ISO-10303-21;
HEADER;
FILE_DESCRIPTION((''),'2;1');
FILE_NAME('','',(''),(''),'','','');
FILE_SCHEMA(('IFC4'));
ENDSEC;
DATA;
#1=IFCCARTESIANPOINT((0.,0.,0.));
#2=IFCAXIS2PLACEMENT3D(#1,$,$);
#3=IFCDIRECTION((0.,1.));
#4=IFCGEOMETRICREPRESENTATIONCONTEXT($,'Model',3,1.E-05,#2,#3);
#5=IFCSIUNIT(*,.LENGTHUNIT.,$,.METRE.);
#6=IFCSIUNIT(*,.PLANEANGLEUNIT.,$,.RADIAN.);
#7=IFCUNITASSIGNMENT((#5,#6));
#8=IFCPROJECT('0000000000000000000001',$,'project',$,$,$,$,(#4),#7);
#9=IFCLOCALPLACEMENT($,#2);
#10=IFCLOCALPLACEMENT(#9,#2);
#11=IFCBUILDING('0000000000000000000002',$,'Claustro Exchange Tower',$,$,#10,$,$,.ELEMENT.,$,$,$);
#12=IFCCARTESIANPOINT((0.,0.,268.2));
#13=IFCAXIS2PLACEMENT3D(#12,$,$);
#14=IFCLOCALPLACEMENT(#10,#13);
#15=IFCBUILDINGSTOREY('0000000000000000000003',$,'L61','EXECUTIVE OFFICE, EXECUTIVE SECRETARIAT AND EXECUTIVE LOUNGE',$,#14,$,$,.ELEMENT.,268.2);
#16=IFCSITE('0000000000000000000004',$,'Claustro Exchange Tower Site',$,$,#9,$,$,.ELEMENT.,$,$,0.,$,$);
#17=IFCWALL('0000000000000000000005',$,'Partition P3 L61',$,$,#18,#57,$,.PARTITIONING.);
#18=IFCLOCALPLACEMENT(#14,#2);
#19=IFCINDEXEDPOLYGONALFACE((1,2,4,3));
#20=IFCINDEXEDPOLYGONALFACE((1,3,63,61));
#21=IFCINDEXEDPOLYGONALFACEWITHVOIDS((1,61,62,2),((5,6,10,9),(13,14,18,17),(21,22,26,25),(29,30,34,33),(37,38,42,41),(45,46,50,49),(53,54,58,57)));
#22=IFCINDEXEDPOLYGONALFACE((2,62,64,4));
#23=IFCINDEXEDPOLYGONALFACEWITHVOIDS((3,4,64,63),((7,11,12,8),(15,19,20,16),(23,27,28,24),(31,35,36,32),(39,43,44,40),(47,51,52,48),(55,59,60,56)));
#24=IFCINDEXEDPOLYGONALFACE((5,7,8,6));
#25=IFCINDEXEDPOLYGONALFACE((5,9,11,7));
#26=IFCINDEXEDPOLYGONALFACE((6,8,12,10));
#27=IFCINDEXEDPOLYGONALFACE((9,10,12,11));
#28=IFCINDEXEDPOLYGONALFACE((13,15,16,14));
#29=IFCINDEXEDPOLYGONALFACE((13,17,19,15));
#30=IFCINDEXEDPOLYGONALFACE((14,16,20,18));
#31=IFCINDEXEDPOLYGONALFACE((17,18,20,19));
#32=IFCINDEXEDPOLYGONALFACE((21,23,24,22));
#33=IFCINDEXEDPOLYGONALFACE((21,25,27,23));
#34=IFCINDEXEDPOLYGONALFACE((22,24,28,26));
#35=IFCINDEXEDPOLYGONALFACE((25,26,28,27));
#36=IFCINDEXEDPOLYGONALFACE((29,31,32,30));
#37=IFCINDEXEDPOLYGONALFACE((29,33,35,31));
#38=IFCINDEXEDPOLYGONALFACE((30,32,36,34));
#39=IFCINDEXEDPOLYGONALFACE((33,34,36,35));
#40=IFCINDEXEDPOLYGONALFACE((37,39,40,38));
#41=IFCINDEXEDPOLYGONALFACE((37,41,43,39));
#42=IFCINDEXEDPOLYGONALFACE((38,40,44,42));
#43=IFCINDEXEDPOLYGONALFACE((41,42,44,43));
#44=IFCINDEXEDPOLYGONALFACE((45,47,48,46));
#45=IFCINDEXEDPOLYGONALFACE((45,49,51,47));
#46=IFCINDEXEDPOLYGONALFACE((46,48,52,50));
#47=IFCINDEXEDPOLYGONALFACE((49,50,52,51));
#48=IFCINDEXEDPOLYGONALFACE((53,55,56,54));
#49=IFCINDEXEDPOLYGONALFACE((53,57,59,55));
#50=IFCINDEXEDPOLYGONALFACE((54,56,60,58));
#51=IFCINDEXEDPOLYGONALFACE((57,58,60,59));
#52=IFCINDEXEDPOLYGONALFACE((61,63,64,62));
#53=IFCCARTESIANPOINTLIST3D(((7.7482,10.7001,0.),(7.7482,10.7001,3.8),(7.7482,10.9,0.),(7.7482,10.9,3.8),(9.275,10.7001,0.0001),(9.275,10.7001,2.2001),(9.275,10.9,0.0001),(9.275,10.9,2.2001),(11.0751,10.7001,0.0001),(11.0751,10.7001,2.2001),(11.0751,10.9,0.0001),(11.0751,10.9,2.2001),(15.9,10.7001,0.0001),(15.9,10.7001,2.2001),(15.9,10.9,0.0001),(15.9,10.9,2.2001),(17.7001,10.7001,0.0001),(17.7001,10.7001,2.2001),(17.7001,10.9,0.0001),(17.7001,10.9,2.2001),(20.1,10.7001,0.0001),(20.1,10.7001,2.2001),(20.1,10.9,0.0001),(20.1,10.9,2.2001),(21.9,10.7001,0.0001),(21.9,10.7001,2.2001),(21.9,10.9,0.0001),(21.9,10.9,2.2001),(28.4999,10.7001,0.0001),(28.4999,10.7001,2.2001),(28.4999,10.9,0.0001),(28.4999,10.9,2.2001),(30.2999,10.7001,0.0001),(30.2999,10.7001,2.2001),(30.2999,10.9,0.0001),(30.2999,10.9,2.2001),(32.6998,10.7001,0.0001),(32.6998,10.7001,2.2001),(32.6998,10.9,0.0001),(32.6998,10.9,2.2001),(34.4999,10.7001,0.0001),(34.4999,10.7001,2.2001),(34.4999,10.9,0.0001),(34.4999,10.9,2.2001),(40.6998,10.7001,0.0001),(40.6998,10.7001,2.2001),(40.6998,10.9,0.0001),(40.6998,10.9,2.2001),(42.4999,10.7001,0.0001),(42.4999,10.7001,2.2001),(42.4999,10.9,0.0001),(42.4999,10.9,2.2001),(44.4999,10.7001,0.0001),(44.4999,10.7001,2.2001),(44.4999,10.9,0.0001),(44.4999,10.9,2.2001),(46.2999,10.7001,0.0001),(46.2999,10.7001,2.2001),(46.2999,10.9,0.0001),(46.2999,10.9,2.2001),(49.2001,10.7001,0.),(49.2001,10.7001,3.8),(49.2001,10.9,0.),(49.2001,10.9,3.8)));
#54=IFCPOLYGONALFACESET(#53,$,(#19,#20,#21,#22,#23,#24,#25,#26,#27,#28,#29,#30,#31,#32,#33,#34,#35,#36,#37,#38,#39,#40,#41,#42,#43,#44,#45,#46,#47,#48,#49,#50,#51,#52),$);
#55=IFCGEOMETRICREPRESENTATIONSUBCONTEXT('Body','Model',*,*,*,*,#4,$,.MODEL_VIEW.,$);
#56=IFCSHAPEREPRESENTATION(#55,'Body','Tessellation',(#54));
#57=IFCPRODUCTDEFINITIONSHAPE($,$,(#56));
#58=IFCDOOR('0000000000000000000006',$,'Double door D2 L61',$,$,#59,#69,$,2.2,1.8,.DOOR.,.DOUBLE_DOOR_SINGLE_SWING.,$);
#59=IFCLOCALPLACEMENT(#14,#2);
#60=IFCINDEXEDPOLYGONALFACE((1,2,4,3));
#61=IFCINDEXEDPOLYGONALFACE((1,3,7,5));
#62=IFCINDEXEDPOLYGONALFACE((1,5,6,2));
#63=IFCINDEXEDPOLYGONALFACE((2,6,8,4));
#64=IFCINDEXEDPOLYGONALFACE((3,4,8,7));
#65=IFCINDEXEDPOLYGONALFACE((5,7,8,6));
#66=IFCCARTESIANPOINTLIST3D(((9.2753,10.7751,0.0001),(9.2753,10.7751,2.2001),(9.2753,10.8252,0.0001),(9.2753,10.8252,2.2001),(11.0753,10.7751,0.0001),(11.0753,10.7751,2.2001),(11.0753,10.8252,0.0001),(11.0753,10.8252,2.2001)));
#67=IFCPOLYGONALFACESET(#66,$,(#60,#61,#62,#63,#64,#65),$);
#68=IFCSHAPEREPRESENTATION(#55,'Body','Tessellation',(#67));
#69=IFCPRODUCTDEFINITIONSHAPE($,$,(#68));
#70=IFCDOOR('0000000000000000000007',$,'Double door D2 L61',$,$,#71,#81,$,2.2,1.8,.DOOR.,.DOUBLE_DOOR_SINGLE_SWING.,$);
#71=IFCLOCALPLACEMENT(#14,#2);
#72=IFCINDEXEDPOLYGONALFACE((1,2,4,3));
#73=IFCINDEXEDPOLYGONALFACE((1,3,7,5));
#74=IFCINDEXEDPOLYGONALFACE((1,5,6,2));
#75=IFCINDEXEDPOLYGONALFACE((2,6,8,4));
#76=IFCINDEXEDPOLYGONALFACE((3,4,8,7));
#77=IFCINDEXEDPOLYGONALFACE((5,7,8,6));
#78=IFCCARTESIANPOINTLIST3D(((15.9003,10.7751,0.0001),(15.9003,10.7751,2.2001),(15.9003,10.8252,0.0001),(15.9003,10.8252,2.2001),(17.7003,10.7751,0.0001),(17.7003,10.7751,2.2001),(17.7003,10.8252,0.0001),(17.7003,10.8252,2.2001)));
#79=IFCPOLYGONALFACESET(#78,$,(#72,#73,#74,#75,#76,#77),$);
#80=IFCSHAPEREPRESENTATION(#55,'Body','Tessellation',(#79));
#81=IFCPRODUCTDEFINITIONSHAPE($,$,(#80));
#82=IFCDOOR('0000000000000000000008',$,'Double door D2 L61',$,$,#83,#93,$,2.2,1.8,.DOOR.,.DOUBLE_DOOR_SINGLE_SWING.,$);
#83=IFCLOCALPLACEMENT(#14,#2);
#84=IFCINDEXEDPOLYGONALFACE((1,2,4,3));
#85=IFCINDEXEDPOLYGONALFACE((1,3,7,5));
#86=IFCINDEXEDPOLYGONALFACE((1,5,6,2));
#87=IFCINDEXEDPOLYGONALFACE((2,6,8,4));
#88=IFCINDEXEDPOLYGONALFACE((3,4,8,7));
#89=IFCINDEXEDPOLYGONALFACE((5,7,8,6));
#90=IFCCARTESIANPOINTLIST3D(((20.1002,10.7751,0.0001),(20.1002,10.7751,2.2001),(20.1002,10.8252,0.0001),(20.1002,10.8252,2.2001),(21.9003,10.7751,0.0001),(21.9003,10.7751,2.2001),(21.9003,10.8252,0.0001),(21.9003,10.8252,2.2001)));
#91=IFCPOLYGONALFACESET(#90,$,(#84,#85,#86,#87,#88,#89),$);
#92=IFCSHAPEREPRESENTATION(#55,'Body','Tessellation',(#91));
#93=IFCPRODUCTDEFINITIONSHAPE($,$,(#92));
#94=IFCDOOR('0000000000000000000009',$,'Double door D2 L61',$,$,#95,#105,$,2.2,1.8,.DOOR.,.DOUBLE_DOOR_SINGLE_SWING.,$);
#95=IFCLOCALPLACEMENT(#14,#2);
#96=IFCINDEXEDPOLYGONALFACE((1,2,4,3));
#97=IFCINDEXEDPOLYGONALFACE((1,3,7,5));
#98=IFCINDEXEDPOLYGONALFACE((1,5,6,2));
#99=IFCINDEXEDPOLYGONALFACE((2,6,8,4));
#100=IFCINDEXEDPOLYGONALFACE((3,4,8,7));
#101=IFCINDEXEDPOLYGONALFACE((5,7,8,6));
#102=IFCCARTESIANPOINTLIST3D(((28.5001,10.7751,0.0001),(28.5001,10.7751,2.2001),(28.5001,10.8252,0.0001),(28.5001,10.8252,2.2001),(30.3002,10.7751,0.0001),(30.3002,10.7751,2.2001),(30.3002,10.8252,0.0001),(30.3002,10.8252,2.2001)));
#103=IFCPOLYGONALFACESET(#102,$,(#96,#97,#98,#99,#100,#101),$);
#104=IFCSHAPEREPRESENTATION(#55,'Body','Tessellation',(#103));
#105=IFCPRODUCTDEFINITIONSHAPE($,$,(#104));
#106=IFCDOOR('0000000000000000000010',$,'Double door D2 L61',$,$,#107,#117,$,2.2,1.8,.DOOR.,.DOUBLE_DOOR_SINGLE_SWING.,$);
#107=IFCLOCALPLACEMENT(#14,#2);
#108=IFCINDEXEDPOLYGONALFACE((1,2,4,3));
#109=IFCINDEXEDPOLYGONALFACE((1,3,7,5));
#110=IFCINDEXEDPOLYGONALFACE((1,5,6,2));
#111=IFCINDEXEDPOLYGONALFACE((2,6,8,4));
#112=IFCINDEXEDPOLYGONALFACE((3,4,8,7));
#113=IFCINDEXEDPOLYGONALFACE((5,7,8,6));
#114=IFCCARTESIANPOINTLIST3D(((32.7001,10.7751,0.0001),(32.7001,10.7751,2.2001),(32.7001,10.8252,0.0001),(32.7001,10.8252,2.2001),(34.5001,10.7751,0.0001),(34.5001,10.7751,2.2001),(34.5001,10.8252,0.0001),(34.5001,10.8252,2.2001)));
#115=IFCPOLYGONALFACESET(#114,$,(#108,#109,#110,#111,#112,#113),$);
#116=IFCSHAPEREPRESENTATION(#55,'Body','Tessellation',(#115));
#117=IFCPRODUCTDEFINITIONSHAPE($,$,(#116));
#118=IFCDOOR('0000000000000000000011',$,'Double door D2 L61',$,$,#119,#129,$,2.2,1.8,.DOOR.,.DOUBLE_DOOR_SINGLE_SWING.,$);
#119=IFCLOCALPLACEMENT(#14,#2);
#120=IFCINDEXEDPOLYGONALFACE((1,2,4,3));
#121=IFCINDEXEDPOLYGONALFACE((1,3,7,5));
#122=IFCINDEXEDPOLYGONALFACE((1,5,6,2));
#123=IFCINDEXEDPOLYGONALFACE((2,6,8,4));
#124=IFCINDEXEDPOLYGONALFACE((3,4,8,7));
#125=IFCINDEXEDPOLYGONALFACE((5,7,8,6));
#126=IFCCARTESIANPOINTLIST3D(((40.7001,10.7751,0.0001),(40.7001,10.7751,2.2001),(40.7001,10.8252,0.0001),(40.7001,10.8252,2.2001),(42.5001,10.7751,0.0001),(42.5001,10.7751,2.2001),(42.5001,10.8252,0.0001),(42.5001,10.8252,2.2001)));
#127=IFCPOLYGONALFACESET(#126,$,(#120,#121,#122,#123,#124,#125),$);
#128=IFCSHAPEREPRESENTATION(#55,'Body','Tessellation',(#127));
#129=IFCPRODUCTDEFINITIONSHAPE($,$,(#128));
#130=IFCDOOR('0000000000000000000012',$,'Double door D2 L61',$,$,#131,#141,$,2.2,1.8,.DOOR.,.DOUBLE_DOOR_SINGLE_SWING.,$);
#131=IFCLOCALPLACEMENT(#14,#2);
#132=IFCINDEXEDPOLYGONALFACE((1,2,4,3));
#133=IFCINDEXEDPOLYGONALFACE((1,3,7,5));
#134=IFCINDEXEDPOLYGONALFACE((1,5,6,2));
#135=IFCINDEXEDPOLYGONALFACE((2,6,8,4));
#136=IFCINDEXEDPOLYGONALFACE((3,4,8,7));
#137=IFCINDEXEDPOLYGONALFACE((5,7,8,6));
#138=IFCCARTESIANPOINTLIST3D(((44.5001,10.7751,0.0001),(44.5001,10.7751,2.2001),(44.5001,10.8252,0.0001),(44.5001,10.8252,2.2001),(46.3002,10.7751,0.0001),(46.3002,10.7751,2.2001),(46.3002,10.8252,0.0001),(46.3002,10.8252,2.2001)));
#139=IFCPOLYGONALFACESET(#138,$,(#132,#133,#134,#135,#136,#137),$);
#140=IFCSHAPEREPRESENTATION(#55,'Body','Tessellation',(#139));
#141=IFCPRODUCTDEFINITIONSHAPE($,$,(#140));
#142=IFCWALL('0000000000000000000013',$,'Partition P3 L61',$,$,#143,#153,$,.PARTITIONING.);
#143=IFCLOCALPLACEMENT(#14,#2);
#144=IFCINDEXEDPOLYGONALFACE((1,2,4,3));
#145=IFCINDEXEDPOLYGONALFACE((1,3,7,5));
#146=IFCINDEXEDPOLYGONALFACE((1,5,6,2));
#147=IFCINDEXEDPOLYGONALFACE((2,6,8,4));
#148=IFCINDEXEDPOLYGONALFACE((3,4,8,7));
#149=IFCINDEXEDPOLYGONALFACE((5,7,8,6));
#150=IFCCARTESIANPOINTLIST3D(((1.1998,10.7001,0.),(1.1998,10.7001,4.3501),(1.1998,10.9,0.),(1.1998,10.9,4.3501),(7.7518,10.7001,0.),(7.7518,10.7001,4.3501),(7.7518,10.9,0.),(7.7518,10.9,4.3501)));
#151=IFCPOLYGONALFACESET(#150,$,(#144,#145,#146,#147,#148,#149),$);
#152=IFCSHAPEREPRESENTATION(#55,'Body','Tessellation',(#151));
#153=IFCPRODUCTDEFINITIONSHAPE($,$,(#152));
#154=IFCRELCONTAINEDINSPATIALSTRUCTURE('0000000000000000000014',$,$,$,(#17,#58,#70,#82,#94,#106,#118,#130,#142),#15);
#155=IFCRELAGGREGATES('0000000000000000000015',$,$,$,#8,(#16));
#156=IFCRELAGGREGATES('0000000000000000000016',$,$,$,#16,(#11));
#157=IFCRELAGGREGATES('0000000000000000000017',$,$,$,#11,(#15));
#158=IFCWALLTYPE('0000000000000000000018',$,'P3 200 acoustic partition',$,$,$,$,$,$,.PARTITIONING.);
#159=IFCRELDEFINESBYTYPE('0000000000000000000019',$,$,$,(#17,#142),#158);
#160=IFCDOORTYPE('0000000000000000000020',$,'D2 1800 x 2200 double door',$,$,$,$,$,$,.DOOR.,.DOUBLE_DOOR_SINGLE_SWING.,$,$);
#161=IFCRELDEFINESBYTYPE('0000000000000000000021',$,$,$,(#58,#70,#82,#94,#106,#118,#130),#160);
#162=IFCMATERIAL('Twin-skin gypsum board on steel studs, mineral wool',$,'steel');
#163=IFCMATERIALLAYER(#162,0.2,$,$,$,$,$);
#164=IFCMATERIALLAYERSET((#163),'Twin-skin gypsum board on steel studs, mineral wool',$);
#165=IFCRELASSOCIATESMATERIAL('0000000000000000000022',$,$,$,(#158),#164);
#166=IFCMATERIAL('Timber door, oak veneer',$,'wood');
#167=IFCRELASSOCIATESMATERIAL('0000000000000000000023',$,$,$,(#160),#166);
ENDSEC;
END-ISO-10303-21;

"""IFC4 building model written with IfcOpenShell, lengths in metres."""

from ifc_helpers import new_model, si_unit, direction, frame, frame_2d, origin, place, context, subcontext, project, spatial, rectangle, extrude, material, layer, layer_set, type_object, element, fill, save


model = new_model("IFC4")

# Units and contexts
model_context = context("Model", 3, precision=1e-05, world=origin(), true_north=direction((0.0, 1.0)))
body_context = subcontext(model_context, "Body", "Model", "MODEL_VIEW")
ifc_project = project(units=[si_unit("LENGTHUNIT", "METRE"), si_unit("PLANEANGLEUNIT", "RADIAN")], contexts=[model_context])

# Site, building, storey
site_placement = place(None, origin())
site = spatial("IfcSite", under=ifc_project, at=site_placement, Name="Claustro Exchange Tower Site", CompositionType="ELEMENT", RefElevation=0.0)
building_placement = place(site_placement, origin())
building = spatial("IfcBuilding", under=site, at=building_placement, Name="Claustro Exchange Tower", CompositionType="ELEMENT")
storey_placement = place(building_placement, frame((0.0, 0.0, 268.2)))
storey = spatial("IfcBuildingStorey", under=building, at=storey_placement, Name="L61", Description="EXECUTIVE OFFICE, EXECUTIVE SECRETARIAT AND EXECUTIVE LOUNGE", CompositionType="ELEMENT", Elevation=268.2)

# Wall, openings, doors
ifc_material_1 = material(Name="Twin-skin gypsum board on steel studs, mineral wool", Category="steel")
ifc_layer_1 = layer(ifc_material_1, 0.2)
ifc_layer_set_1 = layer_set([ifc_layer_1], Name="Twin-skin gypsum board on steel studs, mineral wool")
wall_type_1 = type_object("IfcWallType", Name="P3 200 acoustic partition", PredefinedType="PARTITIONING", material=ifc_layer_set_1)
wall_1_placement = place(storey_placement, frame((7.748, 10.8, 0.0), z_axis=(0.0, 0.0, 1.0), x_axis=(1.0, 0.0, 0.0)))
wall_1 = element("IfcWall", 1, at=wall_1_placement, inside=storey, type_object=wall_type_1, Name="Partition P3 L61", PredefinedType="PARTITIONING", context=body_context, shape_type="SweptSolid", body=[
    extrude(rectangle(XDim=41.4519, YDim=0.2, at=frame_2d((20.7261, 0.0))), origin(), (0.0, 0.0, 1.0), 3.8),
])
opening_1_placement = place(wall_1_placement, frame((1.5271, 0.0, 0.0)))
opening_1 = element("IfcOpeningElement", 2, at=opening_1_placement, cuts=wall_1, PredefinedType="OPENING", context=body_context, shape_type="SweptSolid", body=[
    extrude(rectangle(XDim=1.8, YDim=2.2, at=frame_2d((0.8999, 1.1001))), frame((0.0, 0.1099, 0.0), z_axis=(0.0, -1.0, 0.0), x_axis=(1.0, 0.0, 0.0)), (0.0, 0.0, 1.0), 0.22),
])
opening_2_placement = place(wall_1_placement, frame((8.1521, 0.0, 0.0)))
opening_2 = element("IfcOpeningElement", 3, at=opening_2_placement, cuts=wall_1, PredefinedType="OPENING", context=body_context, shape_type="SweptSolid", body=[
    extrude(rectangle(XDim=1.8, YDim=2.2, at=frame_2d((0.8999, 1.1001))), frame((0.0, 0.1099, 0.0), z_axis=(0.0, -1.0, 0.0), x_axis=(1.0, 0.0, 0.0)), (0.0, 0.0, 1.0), 0.22),
])
opening_3_placement = place(wall_1_placement, frame((12.3521, 0.0, 0.0)))
opening_3 = element("IfcOpeningElement", 4, at=opening_3_placement, cuts=wall_1, PredefinedType="OPENING", context=body_context, shape_type="SweptSolid", body=[
    extrude(rectangle(XDim=1.8, YDim=2.2, at=frame_2d((0.8999, 1.1001))), frame((0.0, 0.1099, 0.0), z_axis=(0.0, -1.0, 0.0), x_axis=(1.0, 0.0, 0.0)), (0.0, 0.0, 1.0), 0.22),
])
opening_4_placement = place(wall_1_placement, frame((20.752, 0.0, 0.0)))
opening_4 = element("IfcOpeningElement", 5, at=opening_4_placement, cuts=wall_1, PredefinedType="OPENING", context=body_context, shape_type="SweptSolid", body=[
    extrude(rectangle(XDim=1.8, YDim=2.2, at=frame_2d((0.8999, 1.1001))), frame((0.0, 0.1099, 0.0), z_axis=(0.0, -1.0, 0.0), x_axis=(1.0, 0.0, 0.0)), (0.0, 0.0, 1.0), 0.22),
])
opening_5_placement = place(wall_1_placement, frame((24.9519, 0.0, 0.0)))
opening_5 = element("IfcOpeningElement", 6, at=opening_5_placement, cuts=wall_1, PredefinedType="OPENING", context=body_context, shape_type="SweptSolid", body=[
    extrude(rectangle(XDim=1.8, YDim=2.2, at=frame_2d((0.8999, 1.1001))), frame((0.0, 0.1099, 0.0), z_axis=(0.0, -1.0, 0.0), x_axis=(1.0, 0.0, 0.0)), (0.0, 0.0, 1.0), 0.22),
])
opening_6_placement = place(wall_1_placement, frame((32.9519, 0.0, 0.0)))
opening_6 = element("IfcOpeningElement", 7, at=opening_6_placement, cuts=wall_1, PredefinedType="OPENING", context=body_context, shape_type="SweptSolid", body=[
    extrude(rectangle(XDim=1.8, YDim=2.2, at=frame_2d((0.8999, 1.1001))), frame((0.0, 0.1099, 0.0), z_axis=(0.0, -1.0, 0.0), x_axis=(1.0, 0.0, 0.0)), (0.0, 0.0, 1.0), 0.22),
])
opening_7_placement = place(wall_1_placement, frame((36.752, 0.0, 0.0)))
opening_7 = element("IfcOpeningElement", 8, at=opening_7_placement, cuts=wall_1, PredefinedType="OPENING", context=body_context, shape_type="SweptSolid", body=[
    extrude(rectangle(XDim=1.8, YDim=2.2, at=frame_2d((0.8999, 1.1001))), frame((0.0, 0.1099, 0.0), z_axis=(0.0, -1.0, 0.0), x_axis=(1.0, 0.0, 0.0)), (0.0, 0.0, 1.0), 0.22),
])
ifc_material_2 = material(Name="Timber door, oak veneer", Category="wood")
door_type_1 = type_object("IfcDoorType", Name="D2 1800 x 2200 double door", OperationType="DOUBLE_DOOR_SINGLE_SWING", PredefinedType="DOOR", material=ifc_material_2)
door_1_placement = place(opening_1_placement, frame((1.8, 0.0, 0.0), z_axis=(0.0, 0.0, 1.0), x_axis=(-1.0, 0.0, 0.0)))
door_1 = element("IfcDoor", 9, at=door_1_placement, inside=storey, type_object=door_type_1, Name="Double door D2 L61", OperationType="DOUBLE_DOOR_SINGLE_SWING", OverallHeight=2.2, OverallWidth=1.8, PredefinedType="DOOR", context=body_context, shape_type="SweptSolid", body=[
    extrude(rectangle(XDim=1.8, YDim=2.2, at=frame_2d((0.8999, 1.1001))), frame((0.0, 0.0249, 0.0), z_axis=(0.0, -1.0, 0.0), x_axis=(1.0, 0.0, 0.0)), (0.0, 0.0, 1.0), 0.05),
])
fill(opening_1, door_1)
door_2_placement = place(opening_2_placement, frame((1.8, 0.0, 0.0), z_axis=(0.0, 0.0, 1.0), x_axis=(-1.0, 0.0, 0.0)))
door_2 = element("IfcDoor", 10, at=door_2_placement, inside=storey, type_object=door_type_1, Name="Double door D2 L61", OperationType="DOUBLE_DOOR_SINGLE_SWING", OverallHeight=2.2, OverallWidth=1.8, PredefinedType="DOOR", context=body_context, shape_type="SweptSolid", body=[
    extrude(rectangle(XDim=1.8, YDim=2.2, at=frame_2d((0.8999, 1.1001))), frame((0.0, 0.0249, 0.0), z_axis=(0.0, -1.0, 0.0), x_axis=(1.0, 0.0, 0.0)), (0.0, 0.0, 1.0), 0.05),
])
fill(opening_2, door_2)
door_3_placement = place(opening_3_placement, frame((1.8, 0.0, 0.0), z_axis=(0.0, 0.0, 1.0), x_axis=(-1.0, 0.0, 0.0)))
door_3 = element("IfcDoor", 11, at=door_3_placement, inside=storey, type_object=door_type_1, Name="Double door D2 L61", OperationType="DOUBLE_DOOR_SINGLE_SWING", OverallHeight=2.2, OverallWidth=1.8, PredefinedType="DOOR", context=body_context, shape_type="SweptSolid", body=[
    extrude(rectangle(XDim=1.8, YDim=2.2, at=frame_2d((0.8999, 1.1001))), frame((0.0, 0.0249, 0.0), z_axis=(0.0, -1.0, 0.0), x_axis=(1.0, 0.0, 0.0)), (0.0, 0.0, 1.0), 0.05),
])
fill(opening_3, door_3)
door_4_placement = place(opening_4_placement, frame((1.8, 0.0, 0.0), z_axis=(0.0, 0.0, 1.0), x_axis=(-1.0, 0.0, 0.0)))
door_4 = element("IfcDoor", 12, at=door_4_placement, inside=storey, type_object=door_type_1, Name="Double door D2 L61", OperationType="DOUBLE_DOOR_SINGLE_SWING", OverallHeight=2.2, OverallWidth=1.8, PredefinedType="DOOR", context=body_context, shape_type="SweptSolid", body=[
    extrude(rectangle(XDim=1.8, YDim=2.2, at=frame_2d((0.8999, 1.1001))), frame((0.0, 0.0249, 0.0), z_axis=(0.0, -1.0, 0.0), x_axis=(1.0, 0.0, 0.0)), (0.0, 0.0, 1.0), 0.05),
])
fill(opening_4, door_4)
door_5_placement = place(opening_5_placement, frame((1.8, 0.0, 0.0), z_axis=(0.0, 0.0, 1.0), x_axis=(-1.0, 0.0, 0.0)))
door_5 = element("IfcDoor", 13, at=door_5_placement, inside=storey, type_object=door_type_1, Name="Double door D2 L61", OperationType="DOUBLE_DOOR_SINGLE_SWING", OverallHeight=2.2, OverallWidth=1.8, PredefinedType="DOOR", context=body_context, shape_type="SweptSolid", body=[
    extrude(rectangle(XDim=1.8, YDim=2.2, at=frame_2d((0.8999, 1.1001))), frame((0.0, 0.0249, 0.0), z_axis=(0.0, -1.0, 0.0), x_axis=(1.0, 0.0, 0.0)), (0.0, 0.0, 1.0), 0.05),
])
fill(opening_5, door_5)
door_6_placement = place(opening_6_placement, frame((1.8, 0.0, 0.0), z_axis=(0.0, 0.0, 1.0), x_axis=(-1.0, 0.0, 0.0)))
door_6 = element("IfcDoor", 14, at=door_6_placement, inside=storey, type_object=door_type_1, Name="Double door D2 L61", OperationType="DOUBLE_DOOR_SINGLE_SWING", OverallHeight=2.2, OverallWidth=1.8, PredefinedType="DOOR", context=body_context, shape_type="SweptSolid", body=[
    extrude(rectangle(XDim=1.8, YDim=2.2, at=frame_2d((0.8999, 1.1001))), frame((0.0, 0.0249, 0.0), z_axis=(0.0, -1.0, 0.0), x_axis=(1.0, 0.0, 0.0)), (0.0, 0.0, 1.0), 0.05),
])
fill(opening_6, door_6)
door_7_placement = place(opening_7_placement, frame((1.8, 0.0, 0.0), z_axis=(0.0, 0.0, 1.0), x_axis=(-1.0, 0.0, 0.0)))
door_7 = element("IfcDoor", 15, at=door_7_placement, inside=storey, type_object=door_type_1, Name="Double door D2 L61", OperationType="DOUBLE_DOOR_SINGLE_SWING", OverallHeight=2.2, OverallWidth=1.8, PredefinedType="DOOR", context=body_context, shape_type="SweptSolid", body=[
    extrude(rectangle(XDim=1.8, YDim=2.2, at=frame_2d((0.8999, 1.1001))), frame((0.0, 0.0249, 0.0), z_axis=(0.0, -1.0, 0.0), x_axis=(1.0, 0.0, 0.0)), (0.0, 0.0, 1.0), 0.05),
])
fill(opening_7, door_7)

# Wall
wall_2_placement = place(storey_placement, frame((1.2, 10.8, 0.0), z_axis=(0.0, 0.0, 1.0), x_axis=(1.0, 0.0, 0.0)))
element("IfcWall", 16, at=wall_2_placement, inside=storey, type_object=wall_type_1, Name="Partition P3 L61", PredefinedType="PARTITIONING", context=body_context, shape_type="SweptSolid", body=[
    extrude(rectangle(XDim=6.552, YDim=0.2, at=frame_2d((3.2759, 0.0))), origin(), (0.0, 0.0, 1.0), 4.3501),
])

save(model, "model.ifc")
